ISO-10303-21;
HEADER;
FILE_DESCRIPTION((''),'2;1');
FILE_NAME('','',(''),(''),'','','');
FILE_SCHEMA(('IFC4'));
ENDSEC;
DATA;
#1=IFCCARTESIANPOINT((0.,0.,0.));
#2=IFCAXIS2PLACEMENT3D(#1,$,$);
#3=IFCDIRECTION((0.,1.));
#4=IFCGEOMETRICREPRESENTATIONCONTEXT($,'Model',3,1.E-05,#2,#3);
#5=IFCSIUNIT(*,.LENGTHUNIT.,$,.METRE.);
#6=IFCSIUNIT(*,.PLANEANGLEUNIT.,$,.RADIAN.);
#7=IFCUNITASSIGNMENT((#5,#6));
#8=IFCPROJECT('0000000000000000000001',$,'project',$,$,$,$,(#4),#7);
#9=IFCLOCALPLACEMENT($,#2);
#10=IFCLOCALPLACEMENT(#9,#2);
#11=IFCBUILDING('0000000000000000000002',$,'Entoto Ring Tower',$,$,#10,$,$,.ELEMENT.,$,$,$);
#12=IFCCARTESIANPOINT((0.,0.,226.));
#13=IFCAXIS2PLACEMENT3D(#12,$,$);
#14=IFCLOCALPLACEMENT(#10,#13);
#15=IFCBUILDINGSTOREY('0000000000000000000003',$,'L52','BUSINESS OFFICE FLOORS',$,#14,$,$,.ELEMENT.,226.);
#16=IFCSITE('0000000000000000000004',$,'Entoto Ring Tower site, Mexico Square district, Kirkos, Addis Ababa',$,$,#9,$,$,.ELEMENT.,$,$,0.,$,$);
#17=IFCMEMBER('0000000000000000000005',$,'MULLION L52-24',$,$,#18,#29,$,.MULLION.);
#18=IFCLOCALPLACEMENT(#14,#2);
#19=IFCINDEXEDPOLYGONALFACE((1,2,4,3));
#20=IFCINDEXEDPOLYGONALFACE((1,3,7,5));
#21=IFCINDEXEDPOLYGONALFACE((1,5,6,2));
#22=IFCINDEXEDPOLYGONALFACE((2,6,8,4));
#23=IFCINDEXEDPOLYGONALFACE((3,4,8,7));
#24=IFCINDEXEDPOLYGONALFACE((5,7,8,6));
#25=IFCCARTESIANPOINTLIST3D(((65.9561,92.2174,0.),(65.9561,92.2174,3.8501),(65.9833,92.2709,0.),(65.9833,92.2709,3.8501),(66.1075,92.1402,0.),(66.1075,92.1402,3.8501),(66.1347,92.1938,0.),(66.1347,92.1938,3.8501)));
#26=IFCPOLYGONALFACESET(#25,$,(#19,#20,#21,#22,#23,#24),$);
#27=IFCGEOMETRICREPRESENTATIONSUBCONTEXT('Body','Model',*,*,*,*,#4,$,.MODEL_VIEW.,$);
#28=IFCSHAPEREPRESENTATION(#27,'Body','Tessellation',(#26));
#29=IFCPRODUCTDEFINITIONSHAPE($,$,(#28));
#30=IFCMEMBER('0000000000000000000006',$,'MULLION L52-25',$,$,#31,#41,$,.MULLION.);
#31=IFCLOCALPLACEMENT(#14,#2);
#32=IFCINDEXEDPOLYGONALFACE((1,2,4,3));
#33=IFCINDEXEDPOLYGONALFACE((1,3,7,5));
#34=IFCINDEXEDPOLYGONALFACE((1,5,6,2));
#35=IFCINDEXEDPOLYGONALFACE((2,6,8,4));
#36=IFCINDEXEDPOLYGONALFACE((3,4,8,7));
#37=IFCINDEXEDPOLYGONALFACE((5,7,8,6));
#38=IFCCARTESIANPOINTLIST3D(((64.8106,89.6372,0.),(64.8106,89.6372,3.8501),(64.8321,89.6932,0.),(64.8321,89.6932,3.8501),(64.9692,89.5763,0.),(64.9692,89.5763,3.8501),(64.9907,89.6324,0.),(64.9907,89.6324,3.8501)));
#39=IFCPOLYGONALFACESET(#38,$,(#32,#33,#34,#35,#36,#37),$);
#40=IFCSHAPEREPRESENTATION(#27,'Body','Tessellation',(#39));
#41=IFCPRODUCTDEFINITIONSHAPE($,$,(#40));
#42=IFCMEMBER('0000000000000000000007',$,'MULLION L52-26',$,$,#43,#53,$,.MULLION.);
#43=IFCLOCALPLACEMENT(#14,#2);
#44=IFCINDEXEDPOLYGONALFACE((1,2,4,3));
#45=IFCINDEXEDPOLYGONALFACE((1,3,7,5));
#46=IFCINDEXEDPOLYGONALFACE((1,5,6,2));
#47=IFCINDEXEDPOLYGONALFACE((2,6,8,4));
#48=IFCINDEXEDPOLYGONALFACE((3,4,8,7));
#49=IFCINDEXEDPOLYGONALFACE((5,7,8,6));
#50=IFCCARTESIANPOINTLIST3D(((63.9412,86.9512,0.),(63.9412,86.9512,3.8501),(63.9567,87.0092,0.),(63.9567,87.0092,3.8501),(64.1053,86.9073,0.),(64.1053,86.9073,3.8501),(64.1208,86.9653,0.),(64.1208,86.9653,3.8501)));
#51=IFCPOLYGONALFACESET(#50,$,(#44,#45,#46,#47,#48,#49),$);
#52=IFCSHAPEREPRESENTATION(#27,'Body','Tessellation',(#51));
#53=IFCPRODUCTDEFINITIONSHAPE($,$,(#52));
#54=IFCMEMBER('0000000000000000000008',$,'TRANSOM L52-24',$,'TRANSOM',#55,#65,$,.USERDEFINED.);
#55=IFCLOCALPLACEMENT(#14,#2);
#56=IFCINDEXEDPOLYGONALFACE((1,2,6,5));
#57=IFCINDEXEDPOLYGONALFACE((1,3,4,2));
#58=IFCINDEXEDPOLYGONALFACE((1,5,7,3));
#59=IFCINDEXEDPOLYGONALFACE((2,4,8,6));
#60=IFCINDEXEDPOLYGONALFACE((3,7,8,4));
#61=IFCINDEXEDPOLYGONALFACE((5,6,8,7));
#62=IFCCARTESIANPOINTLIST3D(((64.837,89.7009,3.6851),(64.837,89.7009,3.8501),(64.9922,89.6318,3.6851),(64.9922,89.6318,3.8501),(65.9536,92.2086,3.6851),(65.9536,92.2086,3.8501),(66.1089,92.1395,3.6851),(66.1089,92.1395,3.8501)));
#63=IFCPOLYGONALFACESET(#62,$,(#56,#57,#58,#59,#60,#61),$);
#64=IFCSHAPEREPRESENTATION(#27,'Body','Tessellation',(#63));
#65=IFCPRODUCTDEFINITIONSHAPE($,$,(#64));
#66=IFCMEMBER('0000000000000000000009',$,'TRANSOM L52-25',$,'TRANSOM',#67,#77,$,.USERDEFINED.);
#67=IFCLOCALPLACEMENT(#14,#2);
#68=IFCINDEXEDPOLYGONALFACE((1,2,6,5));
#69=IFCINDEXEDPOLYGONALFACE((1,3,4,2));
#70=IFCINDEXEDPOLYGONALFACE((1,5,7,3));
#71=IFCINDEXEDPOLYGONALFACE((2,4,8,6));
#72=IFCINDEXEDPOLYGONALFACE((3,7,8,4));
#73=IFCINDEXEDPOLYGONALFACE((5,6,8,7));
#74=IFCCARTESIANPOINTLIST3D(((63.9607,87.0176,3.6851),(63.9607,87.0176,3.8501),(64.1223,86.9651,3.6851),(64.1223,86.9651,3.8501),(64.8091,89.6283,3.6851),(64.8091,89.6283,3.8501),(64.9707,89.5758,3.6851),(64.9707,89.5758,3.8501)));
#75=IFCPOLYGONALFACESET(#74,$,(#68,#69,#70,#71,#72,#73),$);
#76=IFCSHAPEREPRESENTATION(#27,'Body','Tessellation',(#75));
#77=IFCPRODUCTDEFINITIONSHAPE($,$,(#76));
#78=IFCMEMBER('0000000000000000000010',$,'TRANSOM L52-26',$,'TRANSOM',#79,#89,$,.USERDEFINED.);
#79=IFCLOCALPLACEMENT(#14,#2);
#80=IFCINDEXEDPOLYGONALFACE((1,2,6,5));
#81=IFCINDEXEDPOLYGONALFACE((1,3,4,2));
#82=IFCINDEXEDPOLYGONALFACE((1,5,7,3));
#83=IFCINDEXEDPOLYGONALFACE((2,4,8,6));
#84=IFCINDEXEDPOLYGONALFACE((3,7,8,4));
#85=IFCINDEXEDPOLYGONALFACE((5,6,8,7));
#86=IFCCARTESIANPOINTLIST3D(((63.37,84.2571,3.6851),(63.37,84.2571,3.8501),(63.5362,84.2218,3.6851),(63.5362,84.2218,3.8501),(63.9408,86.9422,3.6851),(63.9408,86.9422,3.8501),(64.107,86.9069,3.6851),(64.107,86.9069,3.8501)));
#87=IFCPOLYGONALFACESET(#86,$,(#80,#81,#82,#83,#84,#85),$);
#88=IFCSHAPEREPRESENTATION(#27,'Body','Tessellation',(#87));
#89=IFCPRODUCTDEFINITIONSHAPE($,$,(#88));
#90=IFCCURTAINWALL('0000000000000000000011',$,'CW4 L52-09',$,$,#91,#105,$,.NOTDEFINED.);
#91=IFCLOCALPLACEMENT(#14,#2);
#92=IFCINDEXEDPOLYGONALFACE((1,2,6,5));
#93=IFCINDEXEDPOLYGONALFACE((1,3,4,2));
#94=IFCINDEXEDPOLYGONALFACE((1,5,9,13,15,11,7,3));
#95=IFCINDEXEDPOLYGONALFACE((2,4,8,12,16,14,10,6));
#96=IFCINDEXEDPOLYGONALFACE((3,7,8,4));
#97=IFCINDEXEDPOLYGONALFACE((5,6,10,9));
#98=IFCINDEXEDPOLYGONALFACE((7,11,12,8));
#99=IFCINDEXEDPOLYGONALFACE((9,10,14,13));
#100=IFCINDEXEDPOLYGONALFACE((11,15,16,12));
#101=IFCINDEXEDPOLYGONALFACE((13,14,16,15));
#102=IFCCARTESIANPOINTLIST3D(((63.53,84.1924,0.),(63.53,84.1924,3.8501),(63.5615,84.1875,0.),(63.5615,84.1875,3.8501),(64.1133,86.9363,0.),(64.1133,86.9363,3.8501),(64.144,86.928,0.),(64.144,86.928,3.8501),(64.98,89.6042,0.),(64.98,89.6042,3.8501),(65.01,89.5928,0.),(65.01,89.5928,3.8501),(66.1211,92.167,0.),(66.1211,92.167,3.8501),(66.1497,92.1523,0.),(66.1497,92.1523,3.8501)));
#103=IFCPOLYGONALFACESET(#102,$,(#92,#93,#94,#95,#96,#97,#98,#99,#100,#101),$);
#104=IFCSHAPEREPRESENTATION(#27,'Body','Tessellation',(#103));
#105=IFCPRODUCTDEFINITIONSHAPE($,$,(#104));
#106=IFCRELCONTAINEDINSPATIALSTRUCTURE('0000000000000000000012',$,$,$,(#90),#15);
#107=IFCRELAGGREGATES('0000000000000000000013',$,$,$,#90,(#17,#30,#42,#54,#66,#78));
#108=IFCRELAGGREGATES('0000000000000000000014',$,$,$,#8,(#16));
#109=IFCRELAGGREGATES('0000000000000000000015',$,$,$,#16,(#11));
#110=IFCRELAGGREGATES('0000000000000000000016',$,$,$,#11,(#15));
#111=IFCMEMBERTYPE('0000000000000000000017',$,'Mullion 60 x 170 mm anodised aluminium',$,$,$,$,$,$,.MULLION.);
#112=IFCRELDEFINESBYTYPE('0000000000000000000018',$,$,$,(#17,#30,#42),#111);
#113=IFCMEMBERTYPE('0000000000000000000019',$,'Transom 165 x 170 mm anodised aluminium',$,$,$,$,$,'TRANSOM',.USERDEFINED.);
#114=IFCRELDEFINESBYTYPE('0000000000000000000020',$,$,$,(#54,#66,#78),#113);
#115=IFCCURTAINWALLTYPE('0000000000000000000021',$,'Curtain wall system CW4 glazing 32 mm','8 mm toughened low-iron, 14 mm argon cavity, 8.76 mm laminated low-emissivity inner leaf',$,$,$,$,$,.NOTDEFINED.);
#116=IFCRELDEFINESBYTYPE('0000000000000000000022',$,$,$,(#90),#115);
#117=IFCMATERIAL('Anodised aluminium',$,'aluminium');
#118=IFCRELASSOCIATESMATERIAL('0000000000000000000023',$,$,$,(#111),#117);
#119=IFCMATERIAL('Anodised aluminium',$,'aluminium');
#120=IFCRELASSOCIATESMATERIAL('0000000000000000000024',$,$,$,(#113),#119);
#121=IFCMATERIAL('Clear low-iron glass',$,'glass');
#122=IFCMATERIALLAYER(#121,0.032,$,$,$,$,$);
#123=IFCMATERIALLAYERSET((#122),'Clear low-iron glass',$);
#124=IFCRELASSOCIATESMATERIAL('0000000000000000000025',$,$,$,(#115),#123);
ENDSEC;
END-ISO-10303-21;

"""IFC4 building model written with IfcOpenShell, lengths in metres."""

from ifc_helpers import new_model, si_unit, direction, frame, origin, origin_2d, place, context, subcontext, project, spatial, polyline, rectangle, outline, extrude, material, layer, layer_set, material_profile, profile_set, type_object, element, aggregate, save


model = new_model("IFC4")

# Units and contexts
model_context = context("Model", 3, precision=1e-05, world=origin(), true_north=direction((0.0, 1.0)))
body_context = subcontext(model_context, "Body", "Model", "MODEL_VIEW")
ifc_project = project(units=[si_unit("LENGTHUNIT", "METRE"), si_unit("PLANEANGLEUNIT", "RADIAN")], contexts=[model_context])

# Members
ifc_material_1 = material(Name="Anodised aluminium", Category="aluminium")
ifc_material_profile_1 = material_profile(ifc_material_1, rectangle(XDim=0.0601, YDim=0.1699, at=origin_2d()), Name="Mullion 60 x 170 mm anodised aluminium")
ifc_profile_set_1 = profile_set([ifc_material_profile_1], Name="Anodised aluminium")
member_type_1 = type_object("IfcMemberType", Name="Mullion 60 x 170 mm anodised aluminium", PredefinedType="MULLION", material=ifc_profile_set_1)
site_placement = place(None, origin())
building_placement = place(site_placement, origin())
storey_placement = place(building_placement, frame((0.0, 0.0, 226.0)))
member_1_placement = place(storey_placement, frame((66.0454, 92.2056, 0.0), z_axis=(0.0, 0.0, 1.0), x_axis=(-0.45399, -0.891007, 0.0)))
member_1 = element("IfcMember", 1, at=member_1_placement, type_object=member_type_1, Name="MULLION L52-24", PredefinedType="MULLION", context=body_context, shape_type="SweptSolid", body=[
    extrude(rectangle(XDim=0.0601, YDim=0.1699, at=origin_2d()), origin(), (0.0, 0.0, 1.0), 3.8501),
])
member_2_placement = place(storey_placement, frame((64.9006, 89.6348, 0.0), z_axis=(0.0, 0.0, 1.0), x_axis=(-0.358368, -0.93358, 0.0)))
member_2 = element("IfcMember", 2, at=member_2_placement, type_object=member_type_1, Name="MULLION L52-25", PredefinedType="MULLION", context=body_context, shape_type="SweptSolid", body=[
    extrude(rectangle(XDim=0.0601, YDim=0.1699, at=origin_2d()), origin(), (0.0, 0.0, 1.0), 3.8501),
])
member_3_placement = place(storey_placement, frame((64.031, 86.9583, 0.0), z_axis=(0.0, 0.0, 1.0), x_axis=(-0.258819, -0.965926, 0.0)))
member_3 = element("IfcMember", 3, at=member_3_placement, type_object=member_type_1, Name="MULLION L52-26", PredefinedType="MULLION", context=body_context, shape_type="SweptSolid", body=[
    extrude(rectangle(XDim=0.0601, YDim=0.1699, at=origin_2d()), origin(), (0.0, 0.0, 1.0), 3.8501),
])
ifc_material_2 = material(Name="Anodised aluminium", Category="aluminium")
ifc_material_profile_2 = material_profile(ifc_material_2, rectangle(XDim=0.1699, YDim=0.165, at=origin_2d()), Name="Transom 165 x 170 mm anodised aluminium")
ifc_profile_set_2 = profile_set([ifc_material_profile_2], Name="Anodised aluminium")
member_type_2 = type_object("IfcMemberType", Name="Transom 165 x 170 mm anodised aluminium", ElementType="TRANSOM", PredefinedType="USERDEFINED", material=ifc_profile_set_2)
member_4_placement = place(storey_placement, frame((66.0312, 92.1741, 3.7676), z_axis=(-0.406782, -0.913525, 0.0), x_axis=(0.913525, -0.406782, 0.0)))
member_4 = element("IfcMember", 4, at=member_4_placement, type_object=member_type_2, Name="TRANSOM L52-24", ObjectType="TRANSOM", PredefinedType="USERDEFINED", context=body_context, shape_type="SweptSolid", body=[
    extrude(rectangle(XDim=0.1699, YDim=0.165, at=origin_2d()), origin(), (0.0, 0.0, 1.0), 2.7451),
])
member_5_placement = place(storey_placement, frame((64.8899, 89.6021, 3.7676), z_axis=(-0.309042, -0.951048, 0.0), x_axis=(0.951048, -0.309042, 0.0)))
member_5 = element("IfcMember", 5, at=member_5_placement, type_object=member_type_2, Name="TRANSOM L52-25", ObjectType="TRANSOM", PredefinedType="USERDEFINED", context=body_context, shape_type="SweptSolid", body=[
    extrude(rectangle(XDim=0.1699, YDim=0.165, at=origin_2d()), origin(), (0.0, 0.0, 1.0), 2.7451),
])
member_6_placement = place(storey_placement, frame((64.0239, 86.9246, 3.7676), z_axis=(-0.207937, -0.978142, 0.0), x_axis=(0.978142, -0.207937, 0.0)))
member_6 = element("IfcMember", 6, at=member_6_placement, type_object=member_type_2, Name="TRANSOM L52-26", ObjectType="TRANSOM", PredefinedType="USERDEFINED", context=body_context, shape_type="SweptSolid", body=[
    extrude(rectangle(XDim=0.1699, YDim=0.165, at=origin_2d()), origin(), (0.0, 0.0, 1.0), 2.7451),
])

# Site, building, storey
site = spatial("IfcSite", under=ifc_project, at=site_placement, Name="Entoto Ring Tower site, Mexico Square district, Kirkos, Addis Ababa", CompositionType="ELEMENT", RefElevation=0.0)
building = spatial("IfcBuilding", under=site, at=building_placement, Name="Entoto Ring Tower", CompositionType="ELEMENT")
storey = spatial("IfcBuildingStorey", under=building, at=storey_placement, Name="L52", Description="BUSINESS OFFICE FLOORS", CompositionType="ELEMENT", Elevation=226.0)

# Curtain wall
ifc_material_3 = material(Name="Clear low-iron glass", Category="glass")
ifc_layer = layer(ifc_material_3, 0.032)
ifc_layer_set = layer_set([ifc_layer], Name="Clear low-iron glass")
curtain_wall_type = type_object("IfcCurtainWallType", Name="Curtain wall system CW4 glazing 32 mm", Description="8 mm toughened low-iron, 14 mm argon cavity, 8.76 mm laminated low-emissivity inner leaf", PredefinedType="NOTDEFINED", material=ifc_layer_set)
curtain_wall_1_placement = place(storey_placement, origin())
curtain_wall_1 = element("IfcCurtainWall", 7, at=curtain_wall_1_placement, inside=storey, type_object=curtain_wall_type, Name="CW4 L52-09", PredefinedType="NOTDEFINED", context=body_context, shape_type="SweptSolid", body=[
    extrude(outline(polyline([(66.1211, 92.167), (64.98, 89.6042), (64.1133, 86.9363), (63.53, 84.1924), (63.5615, 84.1875), (64.144, 86.928), (65.01, 89.5928), (66.1497, 92.1523), (66.1211, 92.167)])), origin(), (0.0, 0.0, 1.0), 3.8501),
])
aggregate(curtain_wall_1, [member_1, member_2, member_3, member_4, member_5, member_6])

save(model, "model.ifc")
